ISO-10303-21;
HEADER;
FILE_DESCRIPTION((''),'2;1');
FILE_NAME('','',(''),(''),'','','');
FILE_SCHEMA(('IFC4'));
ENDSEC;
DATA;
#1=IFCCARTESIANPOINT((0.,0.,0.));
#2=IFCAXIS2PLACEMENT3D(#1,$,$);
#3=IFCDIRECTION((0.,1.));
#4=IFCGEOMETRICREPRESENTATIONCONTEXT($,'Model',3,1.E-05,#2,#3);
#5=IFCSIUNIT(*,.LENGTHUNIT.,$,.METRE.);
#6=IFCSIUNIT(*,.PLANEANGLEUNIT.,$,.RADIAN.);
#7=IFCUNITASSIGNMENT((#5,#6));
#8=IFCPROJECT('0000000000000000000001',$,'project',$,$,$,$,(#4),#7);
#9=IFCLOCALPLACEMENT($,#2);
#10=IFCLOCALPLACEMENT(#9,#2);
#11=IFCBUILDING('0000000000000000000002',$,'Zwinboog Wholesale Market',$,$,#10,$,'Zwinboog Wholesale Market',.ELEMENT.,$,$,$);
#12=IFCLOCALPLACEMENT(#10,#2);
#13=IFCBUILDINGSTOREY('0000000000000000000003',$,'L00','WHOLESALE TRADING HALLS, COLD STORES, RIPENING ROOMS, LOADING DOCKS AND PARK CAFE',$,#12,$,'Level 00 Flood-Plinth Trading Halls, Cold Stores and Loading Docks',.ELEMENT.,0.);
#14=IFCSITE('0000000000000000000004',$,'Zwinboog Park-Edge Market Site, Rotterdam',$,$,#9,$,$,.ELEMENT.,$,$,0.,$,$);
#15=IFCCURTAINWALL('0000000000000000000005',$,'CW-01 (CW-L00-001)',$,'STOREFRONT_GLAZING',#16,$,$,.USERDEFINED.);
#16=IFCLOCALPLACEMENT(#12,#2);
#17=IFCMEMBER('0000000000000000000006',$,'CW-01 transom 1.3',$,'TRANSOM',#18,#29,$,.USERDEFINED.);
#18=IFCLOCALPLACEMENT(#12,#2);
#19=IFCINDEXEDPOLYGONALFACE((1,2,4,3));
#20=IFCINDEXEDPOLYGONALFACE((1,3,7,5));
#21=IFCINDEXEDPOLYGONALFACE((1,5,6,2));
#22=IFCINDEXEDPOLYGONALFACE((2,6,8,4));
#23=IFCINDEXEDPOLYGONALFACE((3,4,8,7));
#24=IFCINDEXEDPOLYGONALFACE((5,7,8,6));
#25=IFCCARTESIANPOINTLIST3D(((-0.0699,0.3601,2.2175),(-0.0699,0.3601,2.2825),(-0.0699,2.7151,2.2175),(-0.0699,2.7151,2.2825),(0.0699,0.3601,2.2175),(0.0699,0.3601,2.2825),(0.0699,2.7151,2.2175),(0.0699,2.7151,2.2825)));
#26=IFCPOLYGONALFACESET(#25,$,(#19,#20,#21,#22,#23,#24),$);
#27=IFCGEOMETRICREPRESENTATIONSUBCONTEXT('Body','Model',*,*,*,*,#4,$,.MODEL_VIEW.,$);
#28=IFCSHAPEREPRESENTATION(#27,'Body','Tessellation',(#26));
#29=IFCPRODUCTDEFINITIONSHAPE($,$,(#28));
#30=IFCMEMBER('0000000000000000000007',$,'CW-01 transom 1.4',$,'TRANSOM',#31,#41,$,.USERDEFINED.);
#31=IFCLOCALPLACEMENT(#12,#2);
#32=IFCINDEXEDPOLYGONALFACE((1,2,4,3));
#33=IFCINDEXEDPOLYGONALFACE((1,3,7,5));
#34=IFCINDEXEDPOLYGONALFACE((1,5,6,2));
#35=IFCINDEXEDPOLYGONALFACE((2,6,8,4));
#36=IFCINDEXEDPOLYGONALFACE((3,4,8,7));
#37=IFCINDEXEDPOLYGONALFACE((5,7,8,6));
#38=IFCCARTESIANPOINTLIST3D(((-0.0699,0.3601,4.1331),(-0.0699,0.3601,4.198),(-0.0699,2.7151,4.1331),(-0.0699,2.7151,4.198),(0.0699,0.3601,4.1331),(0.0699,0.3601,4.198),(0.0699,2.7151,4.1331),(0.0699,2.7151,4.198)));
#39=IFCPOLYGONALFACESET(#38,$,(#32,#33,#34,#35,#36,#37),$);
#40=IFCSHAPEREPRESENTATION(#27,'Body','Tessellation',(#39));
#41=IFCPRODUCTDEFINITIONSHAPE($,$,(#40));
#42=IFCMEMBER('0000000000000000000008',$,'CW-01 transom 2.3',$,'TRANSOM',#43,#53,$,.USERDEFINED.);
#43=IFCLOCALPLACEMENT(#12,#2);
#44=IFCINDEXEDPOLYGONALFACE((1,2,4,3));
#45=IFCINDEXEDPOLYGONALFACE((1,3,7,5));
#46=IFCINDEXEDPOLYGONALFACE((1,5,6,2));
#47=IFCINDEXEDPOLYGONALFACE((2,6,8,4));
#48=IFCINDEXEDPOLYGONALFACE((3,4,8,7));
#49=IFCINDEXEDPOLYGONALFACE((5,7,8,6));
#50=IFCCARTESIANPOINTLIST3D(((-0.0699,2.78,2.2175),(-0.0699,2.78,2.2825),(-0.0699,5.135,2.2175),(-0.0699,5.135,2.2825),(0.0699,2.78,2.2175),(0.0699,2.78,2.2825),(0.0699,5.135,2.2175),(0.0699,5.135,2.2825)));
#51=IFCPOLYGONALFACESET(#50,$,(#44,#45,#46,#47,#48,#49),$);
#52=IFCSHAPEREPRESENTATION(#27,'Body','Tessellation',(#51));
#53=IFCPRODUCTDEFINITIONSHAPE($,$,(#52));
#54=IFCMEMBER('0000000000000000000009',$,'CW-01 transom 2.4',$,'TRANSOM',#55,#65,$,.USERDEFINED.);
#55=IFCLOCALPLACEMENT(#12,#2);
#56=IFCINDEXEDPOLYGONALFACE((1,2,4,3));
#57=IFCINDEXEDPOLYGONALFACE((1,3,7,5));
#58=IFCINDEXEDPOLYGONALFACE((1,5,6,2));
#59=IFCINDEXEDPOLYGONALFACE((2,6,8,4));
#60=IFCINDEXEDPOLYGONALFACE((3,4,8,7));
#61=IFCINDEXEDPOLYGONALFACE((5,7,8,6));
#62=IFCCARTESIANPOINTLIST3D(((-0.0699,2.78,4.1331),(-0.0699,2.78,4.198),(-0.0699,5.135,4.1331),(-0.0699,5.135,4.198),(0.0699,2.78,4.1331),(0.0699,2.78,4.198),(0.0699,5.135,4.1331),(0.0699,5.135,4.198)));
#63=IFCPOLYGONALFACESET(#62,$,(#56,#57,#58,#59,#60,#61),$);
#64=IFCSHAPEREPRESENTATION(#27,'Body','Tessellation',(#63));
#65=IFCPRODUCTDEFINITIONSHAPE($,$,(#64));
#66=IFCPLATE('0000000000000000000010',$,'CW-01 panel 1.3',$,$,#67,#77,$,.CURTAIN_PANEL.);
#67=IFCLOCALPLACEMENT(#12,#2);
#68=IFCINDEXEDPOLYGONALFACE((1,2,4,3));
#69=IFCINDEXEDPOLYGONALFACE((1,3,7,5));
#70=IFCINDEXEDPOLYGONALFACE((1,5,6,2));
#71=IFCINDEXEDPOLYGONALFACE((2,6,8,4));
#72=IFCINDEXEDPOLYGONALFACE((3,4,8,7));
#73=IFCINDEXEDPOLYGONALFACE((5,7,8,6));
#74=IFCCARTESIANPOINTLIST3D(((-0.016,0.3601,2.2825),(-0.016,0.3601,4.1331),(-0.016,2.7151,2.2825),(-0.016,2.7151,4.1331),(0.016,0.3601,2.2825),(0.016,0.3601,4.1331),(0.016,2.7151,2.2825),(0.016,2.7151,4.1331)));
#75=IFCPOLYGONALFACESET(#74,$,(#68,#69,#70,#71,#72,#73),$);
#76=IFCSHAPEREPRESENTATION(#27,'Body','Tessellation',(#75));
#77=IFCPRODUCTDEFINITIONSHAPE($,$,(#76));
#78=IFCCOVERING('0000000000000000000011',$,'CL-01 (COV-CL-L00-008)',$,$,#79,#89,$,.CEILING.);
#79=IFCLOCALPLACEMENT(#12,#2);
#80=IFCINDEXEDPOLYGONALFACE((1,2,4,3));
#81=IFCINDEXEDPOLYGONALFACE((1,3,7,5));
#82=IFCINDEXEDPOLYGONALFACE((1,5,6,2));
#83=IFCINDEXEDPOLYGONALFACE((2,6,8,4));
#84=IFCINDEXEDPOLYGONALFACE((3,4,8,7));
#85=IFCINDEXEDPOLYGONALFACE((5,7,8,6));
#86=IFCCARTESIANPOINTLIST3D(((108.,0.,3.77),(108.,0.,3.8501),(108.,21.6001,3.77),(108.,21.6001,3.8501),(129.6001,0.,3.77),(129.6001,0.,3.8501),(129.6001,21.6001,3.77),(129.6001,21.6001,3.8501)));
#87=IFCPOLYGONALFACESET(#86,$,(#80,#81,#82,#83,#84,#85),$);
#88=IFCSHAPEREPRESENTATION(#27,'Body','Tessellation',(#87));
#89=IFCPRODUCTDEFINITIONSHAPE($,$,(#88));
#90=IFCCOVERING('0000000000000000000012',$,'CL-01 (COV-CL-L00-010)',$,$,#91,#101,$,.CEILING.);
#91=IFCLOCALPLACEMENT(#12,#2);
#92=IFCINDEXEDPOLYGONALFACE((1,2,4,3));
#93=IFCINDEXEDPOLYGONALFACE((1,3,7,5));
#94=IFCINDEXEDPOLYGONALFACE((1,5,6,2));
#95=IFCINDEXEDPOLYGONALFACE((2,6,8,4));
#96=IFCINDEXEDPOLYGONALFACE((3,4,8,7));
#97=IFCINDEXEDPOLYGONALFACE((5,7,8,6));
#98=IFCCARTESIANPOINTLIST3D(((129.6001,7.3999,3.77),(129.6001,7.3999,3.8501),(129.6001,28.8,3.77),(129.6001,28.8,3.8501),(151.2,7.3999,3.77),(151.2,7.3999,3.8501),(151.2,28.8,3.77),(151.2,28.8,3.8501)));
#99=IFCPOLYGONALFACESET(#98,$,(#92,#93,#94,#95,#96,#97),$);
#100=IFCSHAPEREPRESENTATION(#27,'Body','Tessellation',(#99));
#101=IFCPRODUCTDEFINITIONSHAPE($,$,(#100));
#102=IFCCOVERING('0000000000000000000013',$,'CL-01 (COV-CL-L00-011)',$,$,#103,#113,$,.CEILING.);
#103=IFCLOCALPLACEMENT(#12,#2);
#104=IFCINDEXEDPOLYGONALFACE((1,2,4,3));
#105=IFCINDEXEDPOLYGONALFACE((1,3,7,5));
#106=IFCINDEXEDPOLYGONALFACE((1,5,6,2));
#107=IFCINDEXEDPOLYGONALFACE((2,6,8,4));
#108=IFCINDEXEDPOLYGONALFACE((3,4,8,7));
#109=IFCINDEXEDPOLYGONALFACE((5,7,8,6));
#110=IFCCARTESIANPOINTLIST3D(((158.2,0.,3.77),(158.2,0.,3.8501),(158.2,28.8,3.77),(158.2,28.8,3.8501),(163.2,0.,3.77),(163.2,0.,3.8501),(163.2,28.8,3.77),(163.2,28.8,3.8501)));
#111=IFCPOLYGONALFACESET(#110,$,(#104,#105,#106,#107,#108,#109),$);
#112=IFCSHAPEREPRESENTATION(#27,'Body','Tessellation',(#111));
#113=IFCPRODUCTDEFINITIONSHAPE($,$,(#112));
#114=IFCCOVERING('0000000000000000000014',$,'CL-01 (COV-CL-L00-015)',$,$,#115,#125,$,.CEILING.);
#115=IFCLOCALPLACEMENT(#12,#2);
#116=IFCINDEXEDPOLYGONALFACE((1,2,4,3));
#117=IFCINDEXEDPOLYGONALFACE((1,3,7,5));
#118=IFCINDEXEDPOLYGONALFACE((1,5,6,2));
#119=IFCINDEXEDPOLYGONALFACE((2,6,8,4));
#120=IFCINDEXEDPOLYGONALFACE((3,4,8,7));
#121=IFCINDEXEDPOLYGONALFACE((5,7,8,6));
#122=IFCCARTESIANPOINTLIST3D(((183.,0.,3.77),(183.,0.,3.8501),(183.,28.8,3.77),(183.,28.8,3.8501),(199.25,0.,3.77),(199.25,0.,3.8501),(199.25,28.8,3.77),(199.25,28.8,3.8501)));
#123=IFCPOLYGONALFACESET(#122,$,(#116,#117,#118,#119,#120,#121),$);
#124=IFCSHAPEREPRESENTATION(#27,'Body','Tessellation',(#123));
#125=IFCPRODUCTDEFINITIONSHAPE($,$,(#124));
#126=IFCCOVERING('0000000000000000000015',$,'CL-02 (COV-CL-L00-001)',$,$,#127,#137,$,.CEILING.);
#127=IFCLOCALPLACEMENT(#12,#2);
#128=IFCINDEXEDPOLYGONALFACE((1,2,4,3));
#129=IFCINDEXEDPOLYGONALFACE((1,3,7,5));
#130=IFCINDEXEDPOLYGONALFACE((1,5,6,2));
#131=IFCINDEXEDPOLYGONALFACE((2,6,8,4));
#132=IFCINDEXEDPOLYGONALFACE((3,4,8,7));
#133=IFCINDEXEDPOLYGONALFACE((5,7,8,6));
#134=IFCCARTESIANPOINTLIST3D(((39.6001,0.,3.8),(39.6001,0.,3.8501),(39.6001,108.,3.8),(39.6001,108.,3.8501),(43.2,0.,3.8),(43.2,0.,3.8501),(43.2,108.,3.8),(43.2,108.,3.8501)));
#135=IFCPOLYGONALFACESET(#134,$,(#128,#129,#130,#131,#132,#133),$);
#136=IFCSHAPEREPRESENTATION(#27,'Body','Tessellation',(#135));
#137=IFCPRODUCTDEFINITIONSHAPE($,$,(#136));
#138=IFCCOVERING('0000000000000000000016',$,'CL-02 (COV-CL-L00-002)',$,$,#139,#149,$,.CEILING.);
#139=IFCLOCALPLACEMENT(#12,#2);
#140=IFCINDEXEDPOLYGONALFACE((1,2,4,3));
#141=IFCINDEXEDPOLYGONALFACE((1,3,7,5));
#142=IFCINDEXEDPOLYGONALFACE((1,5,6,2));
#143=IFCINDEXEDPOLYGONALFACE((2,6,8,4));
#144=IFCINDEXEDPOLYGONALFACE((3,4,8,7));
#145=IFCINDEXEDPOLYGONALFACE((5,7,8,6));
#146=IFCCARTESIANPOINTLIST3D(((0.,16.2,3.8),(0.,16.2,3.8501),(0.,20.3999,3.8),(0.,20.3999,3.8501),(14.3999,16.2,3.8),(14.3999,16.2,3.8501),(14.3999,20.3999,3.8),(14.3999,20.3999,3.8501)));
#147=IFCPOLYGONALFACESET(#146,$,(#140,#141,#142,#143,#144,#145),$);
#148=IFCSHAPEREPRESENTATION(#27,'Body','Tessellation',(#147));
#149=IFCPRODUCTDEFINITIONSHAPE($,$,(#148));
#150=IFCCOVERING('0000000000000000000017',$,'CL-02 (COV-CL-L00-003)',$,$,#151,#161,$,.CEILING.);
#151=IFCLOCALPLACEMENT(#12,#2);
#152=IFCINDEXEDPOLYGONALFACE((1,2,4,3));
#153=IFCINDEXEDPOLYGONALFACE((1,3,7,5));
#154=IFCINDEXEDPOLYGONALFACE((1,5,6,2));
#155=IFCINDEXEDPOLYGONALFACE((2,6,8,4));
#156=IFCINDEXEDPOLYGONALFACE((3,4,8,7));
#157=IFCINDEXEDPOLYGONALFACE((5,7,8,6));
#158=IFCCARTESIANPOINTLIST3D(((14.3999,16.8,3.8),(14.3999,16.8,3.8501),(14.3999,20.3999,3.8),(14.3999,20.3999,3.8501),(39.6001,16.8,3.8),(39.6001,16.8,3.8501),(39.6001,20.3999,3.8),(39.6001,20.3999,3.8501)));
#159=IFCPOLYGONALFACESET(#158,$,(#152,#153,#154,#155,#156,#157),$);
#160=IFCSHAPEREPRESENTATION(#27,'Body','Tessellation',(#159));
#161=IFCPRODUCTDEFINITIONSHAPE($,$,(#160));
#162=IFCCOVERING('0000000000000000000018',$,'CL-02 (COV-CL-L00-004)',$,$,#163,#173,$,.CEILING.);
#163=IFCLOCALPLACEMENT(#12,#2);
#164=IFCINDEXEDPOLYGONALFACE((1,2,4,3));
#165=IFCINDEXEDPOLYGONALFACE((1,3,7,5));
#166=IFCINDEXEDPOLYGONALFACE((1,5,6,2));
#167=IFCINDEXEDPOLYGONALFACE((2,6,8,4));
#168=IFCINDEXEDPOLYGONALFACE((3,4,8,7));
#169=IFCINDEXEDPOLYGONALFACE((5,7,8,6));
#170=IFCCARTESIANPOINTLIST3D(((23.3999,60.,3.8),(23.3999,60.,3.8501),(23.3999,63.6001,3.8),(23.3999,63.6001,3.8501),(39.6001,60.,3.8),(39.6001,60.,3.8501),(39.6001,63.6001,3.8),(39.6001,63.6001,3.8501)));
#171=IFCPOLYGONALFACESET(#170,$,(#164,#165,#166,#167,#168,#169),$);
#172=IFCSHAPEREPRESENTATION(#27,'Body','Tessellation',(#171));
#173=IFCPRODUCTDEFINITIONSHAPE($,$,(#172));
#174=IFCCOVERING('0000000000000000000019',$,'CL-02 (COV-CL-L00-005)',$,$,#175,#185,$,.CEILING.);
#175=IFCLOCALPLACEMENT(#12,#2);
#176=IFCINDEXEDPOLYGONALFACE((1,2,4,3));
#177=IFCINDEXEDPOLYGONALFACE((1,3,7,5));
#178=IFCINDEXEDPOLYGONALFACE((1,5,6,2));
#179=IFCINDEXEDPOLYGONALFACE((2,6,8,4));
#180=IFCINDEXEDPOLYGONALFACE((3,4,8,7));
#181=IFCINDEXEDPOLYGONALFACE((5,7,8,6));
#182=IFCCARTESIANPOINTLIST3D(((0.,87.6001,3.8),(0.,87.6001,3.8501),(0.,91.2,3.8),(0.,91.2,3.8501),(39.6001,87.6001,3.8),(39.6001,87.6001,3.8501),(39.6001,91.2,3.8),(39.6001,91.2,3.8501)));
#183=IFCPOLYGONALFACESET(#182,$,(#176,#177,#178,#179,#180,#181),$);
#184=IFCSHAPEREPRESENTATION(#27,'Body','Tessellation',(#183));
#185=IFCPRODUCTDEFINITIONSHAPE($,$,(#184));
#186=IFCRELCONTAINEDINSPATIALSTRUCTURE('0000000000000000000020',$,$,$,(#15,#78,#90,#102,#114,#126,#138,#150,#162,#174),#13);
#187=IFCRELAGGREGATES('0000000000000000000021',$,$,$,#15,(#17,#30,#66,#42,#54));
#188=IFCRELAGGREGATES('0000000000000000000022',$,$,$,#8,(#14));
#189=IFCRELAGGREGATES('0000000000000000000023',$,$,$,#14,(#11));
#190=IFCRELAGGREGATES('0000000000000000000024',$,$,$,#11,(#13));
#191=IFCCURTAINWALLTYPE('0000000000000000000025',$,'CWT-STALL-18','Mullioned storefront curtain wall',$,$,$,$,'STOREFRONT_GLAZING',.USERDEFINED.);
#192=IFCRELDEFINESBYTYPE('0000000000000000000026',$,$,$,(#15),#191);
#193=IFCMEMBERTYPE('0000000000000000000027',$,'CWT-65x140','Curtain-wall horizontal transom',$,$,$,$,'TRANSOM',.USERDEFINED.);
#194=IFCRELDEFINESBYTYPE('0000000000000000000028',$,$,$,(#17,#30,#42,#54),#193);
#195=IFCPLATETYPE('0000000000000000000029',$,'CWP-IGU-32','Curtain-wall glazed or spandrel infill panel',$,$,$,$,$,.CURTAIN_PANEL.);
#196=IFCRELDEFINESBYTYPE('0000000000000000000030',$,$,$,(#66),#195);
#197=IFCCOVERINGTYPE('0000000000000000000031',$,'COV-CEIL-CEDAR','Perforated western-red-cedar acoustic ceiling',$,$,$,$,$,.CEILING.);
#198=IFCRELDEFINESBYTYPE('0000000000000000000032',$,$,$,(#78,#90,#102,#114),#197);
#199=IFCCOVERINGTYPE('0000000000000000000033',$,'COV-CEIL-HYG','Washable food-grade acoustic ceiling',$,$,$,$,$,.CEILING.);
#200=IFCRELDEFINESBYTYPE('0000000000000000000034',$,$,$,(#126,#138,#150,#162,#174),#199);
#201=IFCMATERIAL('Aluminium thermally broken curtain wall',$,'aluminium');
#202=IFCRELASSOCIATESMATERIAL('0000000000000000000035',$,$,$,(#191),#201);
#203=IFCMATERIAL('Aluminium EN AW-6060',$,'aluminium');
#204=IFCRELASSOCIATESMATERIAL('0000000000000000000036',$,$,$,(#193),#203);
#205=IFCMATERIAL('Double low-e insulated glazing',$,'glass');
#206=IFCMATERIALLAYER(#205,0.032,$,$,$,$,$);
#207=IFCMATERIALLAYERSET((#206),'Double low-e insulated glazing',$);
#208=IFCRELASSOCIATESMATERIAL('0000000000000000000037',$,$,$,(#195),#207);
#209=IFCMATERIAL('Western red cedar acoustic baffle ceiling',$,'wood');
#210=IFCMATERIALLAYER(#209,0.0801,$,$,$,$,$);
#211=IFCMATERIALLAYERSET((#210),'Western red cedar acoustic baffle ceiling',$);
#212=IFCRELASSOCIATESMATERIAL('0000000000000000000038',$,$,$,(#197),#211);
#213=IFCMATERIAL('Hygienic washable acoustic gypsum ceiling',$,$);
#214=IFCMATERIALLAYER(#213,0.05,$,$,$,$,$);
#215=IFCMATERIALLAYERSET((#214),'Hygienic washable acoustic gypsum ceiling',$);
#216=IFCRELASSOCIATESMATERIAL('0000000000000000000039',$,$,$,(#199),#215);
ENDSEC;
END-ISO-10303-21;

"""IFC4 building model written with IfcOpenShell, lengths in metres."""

from ifc_helpers import new_model, si_unit, direction, frame, origin, origin_2d, place, context, subcontext, project, spatial, polyline, rectangle, outline, extrude, material, layer, layer_set, material_profile, profile_set, type_object, element, aggregate, save


model = new_model("IFC4")

# Units and contexts
model_context = context("Model", 3, precision=1e-05, world=origin(), true_north=direction((0.0, 1.0)))
body_context = subcontext(model_context, "Body", "Model", "MODEL_VIEW")
ifc_project = project(units=[si_unit("LENGTHUNIT", "METRE"), si_unit("PLANEANGLEUNIT", "RADIAN")], contexts=[model_context])

# Site, building, storey
site_placement = place(None, origin())
site = spatial("IfcSite", under=ifc_project, at=site_placement, Name="Zwinboog Park-Edge Market Site, Rotterdam", CompositionType="ELEMENT", RefElevation=0.0)
building_placement = place(site_placement, origin())
building = spatial("IfcBuilding", under=site, at=building_placement, Name="Zwinboog Wholesale Market", LongName="Zwinboog Wholesale Market", CompositionType="ELEMENT")
storey_placement = place(building_placement, origin())
storey = spatial("IfcBuildingStorey", under=building, at=storey_placement, Name="L00", Description="WHOLESALE TRADING HALLS, COLD STORES, RIPENING ROOMS, LOADING DOCKS AND PARK CAFE", LongName="Level 00 Flood-Plinth Trading Halls, Cold Stores and Loading Docks", CompositionType="ELEMENT", Elevation=0.0)

# Curtain wall, members, plate
ifc_material_1 = material(Name="Aluminium thermally broken curtain wall", Category="aluminium")
curtain_wall_type = type_object("IfcCurtainWallType", Name="CWT-STALL-18", Description="Mullioned storefront curtain wall", ElementType="STOREFRONT_GLAZING", PredefinedType="USERDEFINED", material=ifc_material_1)
curtain_wall_placement = place(storey_placement, origin())
curtain_wall = element("IfcCurtainWall", 1, at=curtain_wall_placement, inside=storey, type_object=curtain_wall_type, Name="CW-01 (CW-L00-001)", ObjectType="STOREFRONT_GLAZING", PredefinedType="USERDEFINED")
ifc_material_2 = material(Name="Aluminium EN AW-6060", Category="aluminium")
ifc_material_profile = material_profile(ifc_material_2, rectangle(XDim=0.1399, YDim=0.0649, at=origin_2d()), Name="AL 65x140")
ifc_profile_set = profile_set([ifc_material_profile], Name="Aluminium EN AW-6060")
member_type = type_object("IfcMemberType", Name="CWT-65x140", Description="Curtain-wall horizontal transom", ElementType="TRANSOM", PredefinedType="USERDEFINED", material=ifc_profile_set)
member_1_placement = place(storey_placement, frame((0.0, 0.3601, 2.25), z_axis=(0.0, 1.0, 0.0), x_axis=(-1.0, 0.0, 0.0)))
member_1 = element("IfcMember", 2, at=member_1_placement, type_object=member_type, Name="CW-01 transom 1.3", ObjectType="TRANSOM", PredefinedType="USERDEFINED", context=body_context, shape_type="SweptSolid", body=[
    extrude(rectangle(XDim=0.1399, YDim=0.0649, at=origin_2d()), origin(), (0.0, 0.0, 1.0), 2.355),
])
member_2_placement = place(storey_placement, frame((0.0, 0.3601, 4.1655), z_axis=(0.0, 1.0, 0.0), x_axis=(-1.0, 0.0, 0.0)))
member_2 = element("IfcMember", 3, at=member_2_placement, type_object=member_type, Name="CW-01 transom 1.4", ObjectType="TRANSOM", PredefinedType="USERDEFINED", context=body_context, shape_type="SweptSolid", body=[
    extrude(rectangle(XDim=0.1399, YDim=0.0649, at=origin_2d()), origin(), (0.0, 0.0, 1.0), 2.355),
])
member_3_placement = place(storey_placement, frame((0.0, 2.78, 2.25), z_axis=(0.0, 1.0, 0.0), x_axis=(-1.0, 0.0, 0.0)))
member_3 = element("IfcMember", 4, at=member_3_placement, type_object=member_type, Name="CW-01 transom 2.3", ObjectType="TRANSOM", PredefinedType="USERDEFINED", context=body_context, shape_type="SweptSolid", body=[
    extrude(rectangle(XDim=0.1399, YDim=0.0649, at=origin_2d()), origin(), (0.0, 0.0, 1.0), 2.355),
])
member_4_placement = place(storey_placement, frame((0.0, 2.78, 4.1655), z_axis=(0.0, 1.0, 0.0), x_axis=(-1.0, 0.0, 0.0)))
member_4 = element("IfcMember", 5, at=member_4_placement, type_object=member_type, Name="CW-01 transom 2.4", ObjectType="TRANSOM", PredefinedType="USERDEFINED", context=body_context, shape_type="SweptSolid", body=[
    extrude(rectangle(XDim=0.1399, YDim=0.0649, at=origin_2d()), origin(), (0.0, 0.0, 1.0), 2.355),
])
ifc_material_3 = material(Name="Double low-e insulated glazing", Category="glass")
ifc_layer_1 = layer(ifc_material_3, 0.032)
ifc_layer_set_1 = layer_set([ifc_layer_1], Name="Double low-e insulated glazing")
plate_type = type_object("IfcPlateType", Name="CWP-IGU-32", Description="Curtain-wall glazed or spandrel infill panel", PredefinedType="CURTAIN_PANEL", material=ifc_layer_set_1)
plate_placement = place(storey_placement, frame((0.0, 1.5376, 2.2825), z_axis=(0.0, 0.0, 1.0), x_axis=(0.0, 1.0, 0.0)))
plate = element("IfcPlate", 6, at=plate_placement, type_object=plate_type, Name="CW-01 panel 1.3", PredefinedType="CURTAIN_PANEL", context=body_context, shape_type="SweptSolid", body=[
    extrude(rectangle(XDim=2.355, YDim=0.032, at=origin_2d()), origin(), (0.0, 0.0, 1.0), 1.8506),
])
aggregate(curtain_wall, [member_1, member_2, plate, member_3, member_4])

# Coverings
ifc_material_4 = material(Name="Western red cedar acoustic baffle ceiling", Category="wood")
ifc_layer_2 = layer(ifc_material_4, 0.0801)
ifc_layer_set_2 = layer_set([ifc_layer_2], Name="Western red cedar acoustic baffle ceiling")
covering_type_1 = type_object("IfcCoveringType", Name="COV-CEIL-CEDAR", Description="Perforated western-red-cedar acoustic ceiling", PredefinedType="CEILING", material=ifc_layer_set_2)
covering_1_placement = place(storey_placement, frame((0.0, 0.0, 3.77)))
element("IfcCovering", 7, at=covering_1_placement, inside=storey, type_object=covering_type_1, Name="CL-01 (COV-CL-L00-008)", PredefinedType="CEILING", context=body_context, shape_type="SweptSolid", body=[
    extrude(outline(polyline([(108.0, 0.0), (129.6001, 0.0), (129.6001, 21.6001), (108.0, 21.6001), (108.0, 0.0)])), origin(), (0.0, 0.0, 1.0), 0.0801),
])
covering_2_placement = place(storey_placement, frame((0.0, 0.0, 3.77)))
element("IfcCovering", 8, at=covering_2_placement, inside=storey, type_object=covering_type_1, Name="CL-01 (COV-CL-L00-010)", PredefinedType="CEILING", context=body_context, shape_type="SweptSolid", body=[
    extrude(outline(polyline([(129.6001, 7.3999), (151.2, 7.3999), (151.2, 28.8), (129.6001, 28.8), (129.6001, 7.3999)])), origin(), (0.0, 0.0, 1.0), 0.0801),
])
covering_3_placement = place(storey_placement, frame((0.0, 0.0, 3.77)))
element("IfcCovering", 9, at=covering_3_placement, inside=storey, type_object=covering_type_1, Name="CL-01 (COV-CL-L00-011)", PredefinedType="CEILING", context=body_context, shape_type="SweptSolid", body=[
    extrude(outline(polyline([(158.2, 0.0), (163.2, 0.0), (163.2, 28.8), (158.2, 28.8), (158.2, 0.0)])), origin(), (0.0, 0.0, 1.0), 0.0801),
])
covering_4_placement = place(storey_placement, frame((0.0, 0.0, 3.77)))
element("IfcCovering", 10, at=covering_4_placement, inside=storey, type_object=covering_type_1, Name="CL-01 (COV-CL-L00-015)", PredefinedType="CEILING", context=body_context, shape_type="SweptSolid", body=[
    extrude(outline(polyline([(183.0, 0.0), (199.25, 0.0), (199.25, 28.8), (183.0, 28.8), (183.0, 0.0)])), origin(), (0.0, 0.0, 1.0), 0.0801),
])
ifc_material_5 = material(Name="Hygienic washable acoustic gypsum ceiling")
ifc_layer_3 = layer(ifc_material_5, 0.05)
ifc_layer_set_3 = layer_set([ifc_layer_3], Name="Hygienic washable acoustic gypsum ceiling")
covering_type_2 = type_object("IfcCoveringType", Name="COV-CEIL-HYG", Description="Washable food-grade acoustic ceiling", PredefinedType="CEILING", material=ifc_layer_set_3)
covering_5_placement = place(storey_placement, frame((0.0, 0.0, 3.8)))
element("IfcCovering", 11, at=covering_5_placement, inside=storey, type_object=covering_type_2, Name="CL-02 (COV-CL-L00-001)", PredefinedType="CEILING", context=body_context, shape_type="SweptSolid", body=[
    extrude(outline(polyline([(39.6001, 0.0), (43.2, 0.0), (43.2, 108.0), (39.6001, 108.0), (39.6001, 0.0)])), origin(), (0.0, 0.0, 1.0), 0.05),
])
covering_6_placement = place(storey_placement, frame((0.0, 0.0, 3.8)))
element("IfcCovering", 12, at=covering_6_placement, inside=storey, type_object=covering_type_2, Name="CL-02 (COV-CL-L00-002)", PredefinedType="CEILING", context=body_context, shape_type="SweptSolid", body=[
    extrude(outline(polyline([(0.0, 16.2), (14.3999, 16.2), (14.3999, 20.3999), (0.0, 20.3999), (0.0, 16.2)])), origin(), (0.0, 0.0, 1.0), 0.05),
])
covering_7_placement = place(storey_placement, frame((0.0, 0.0, 3.8)))
element("IfcCovering", 13, at=covering_7_placement, inside=storey, type_object=covering_type_2, Name="CL-02 (COV-CL-L00-003)", PredefinedType="CEILING", context=body_context, shape_type="SweptSolid", body=[
    extrude(outline(polyline([(14.3999, 16.8), (39.6001, 16.8), (39.6001, 20.3999), (14.3999, 20.3999), (14.3999, 16.8)])), origin(), (0.0, 0.0, 1.0), 0.05),
])
covering_8_placement = place(storey_placement, frame((0.0, 0.0, 3.8)))
element("IfcCovering", 14, at=covering_8_placement, inside=storey, type_object=covering_type_2, Name="CL-02 (COV-CL-L00-004)", PredefinedType="CEILING", context=body_context, shape_type="SweptSolid", body=[
    extrude(outline(polyline([(23.3999, 60.0), (39.6001, 60.0), (39.6001, 63.6001), (23.3999, 63.6001), (23.3999, 60.0)])), origin(), (0.0, 0.0, 1.0), 0.05),
])
covering_9_placement = place(storey_placement, frame((0.0, 0.0, 3.8)))
element("IfcCovering", 15, at=covering_9_placement, inside=storey, type_object=covering_type_2, Name="CL-02 (COV-CL-L00-005)", PredefinedType="CEILING", context=body_context, shape_type="SweptSolid", body=[
    extrude(outline(polyline([(0.0, 87.6001), (39.6001, 87.6001), (39.6001, 91.2), (0.0, 91.2), (0.0, 87.6001)])), origin(), (0.0, 0.0, 1.0), 0.05),
])

save(model, "model.ifc")
